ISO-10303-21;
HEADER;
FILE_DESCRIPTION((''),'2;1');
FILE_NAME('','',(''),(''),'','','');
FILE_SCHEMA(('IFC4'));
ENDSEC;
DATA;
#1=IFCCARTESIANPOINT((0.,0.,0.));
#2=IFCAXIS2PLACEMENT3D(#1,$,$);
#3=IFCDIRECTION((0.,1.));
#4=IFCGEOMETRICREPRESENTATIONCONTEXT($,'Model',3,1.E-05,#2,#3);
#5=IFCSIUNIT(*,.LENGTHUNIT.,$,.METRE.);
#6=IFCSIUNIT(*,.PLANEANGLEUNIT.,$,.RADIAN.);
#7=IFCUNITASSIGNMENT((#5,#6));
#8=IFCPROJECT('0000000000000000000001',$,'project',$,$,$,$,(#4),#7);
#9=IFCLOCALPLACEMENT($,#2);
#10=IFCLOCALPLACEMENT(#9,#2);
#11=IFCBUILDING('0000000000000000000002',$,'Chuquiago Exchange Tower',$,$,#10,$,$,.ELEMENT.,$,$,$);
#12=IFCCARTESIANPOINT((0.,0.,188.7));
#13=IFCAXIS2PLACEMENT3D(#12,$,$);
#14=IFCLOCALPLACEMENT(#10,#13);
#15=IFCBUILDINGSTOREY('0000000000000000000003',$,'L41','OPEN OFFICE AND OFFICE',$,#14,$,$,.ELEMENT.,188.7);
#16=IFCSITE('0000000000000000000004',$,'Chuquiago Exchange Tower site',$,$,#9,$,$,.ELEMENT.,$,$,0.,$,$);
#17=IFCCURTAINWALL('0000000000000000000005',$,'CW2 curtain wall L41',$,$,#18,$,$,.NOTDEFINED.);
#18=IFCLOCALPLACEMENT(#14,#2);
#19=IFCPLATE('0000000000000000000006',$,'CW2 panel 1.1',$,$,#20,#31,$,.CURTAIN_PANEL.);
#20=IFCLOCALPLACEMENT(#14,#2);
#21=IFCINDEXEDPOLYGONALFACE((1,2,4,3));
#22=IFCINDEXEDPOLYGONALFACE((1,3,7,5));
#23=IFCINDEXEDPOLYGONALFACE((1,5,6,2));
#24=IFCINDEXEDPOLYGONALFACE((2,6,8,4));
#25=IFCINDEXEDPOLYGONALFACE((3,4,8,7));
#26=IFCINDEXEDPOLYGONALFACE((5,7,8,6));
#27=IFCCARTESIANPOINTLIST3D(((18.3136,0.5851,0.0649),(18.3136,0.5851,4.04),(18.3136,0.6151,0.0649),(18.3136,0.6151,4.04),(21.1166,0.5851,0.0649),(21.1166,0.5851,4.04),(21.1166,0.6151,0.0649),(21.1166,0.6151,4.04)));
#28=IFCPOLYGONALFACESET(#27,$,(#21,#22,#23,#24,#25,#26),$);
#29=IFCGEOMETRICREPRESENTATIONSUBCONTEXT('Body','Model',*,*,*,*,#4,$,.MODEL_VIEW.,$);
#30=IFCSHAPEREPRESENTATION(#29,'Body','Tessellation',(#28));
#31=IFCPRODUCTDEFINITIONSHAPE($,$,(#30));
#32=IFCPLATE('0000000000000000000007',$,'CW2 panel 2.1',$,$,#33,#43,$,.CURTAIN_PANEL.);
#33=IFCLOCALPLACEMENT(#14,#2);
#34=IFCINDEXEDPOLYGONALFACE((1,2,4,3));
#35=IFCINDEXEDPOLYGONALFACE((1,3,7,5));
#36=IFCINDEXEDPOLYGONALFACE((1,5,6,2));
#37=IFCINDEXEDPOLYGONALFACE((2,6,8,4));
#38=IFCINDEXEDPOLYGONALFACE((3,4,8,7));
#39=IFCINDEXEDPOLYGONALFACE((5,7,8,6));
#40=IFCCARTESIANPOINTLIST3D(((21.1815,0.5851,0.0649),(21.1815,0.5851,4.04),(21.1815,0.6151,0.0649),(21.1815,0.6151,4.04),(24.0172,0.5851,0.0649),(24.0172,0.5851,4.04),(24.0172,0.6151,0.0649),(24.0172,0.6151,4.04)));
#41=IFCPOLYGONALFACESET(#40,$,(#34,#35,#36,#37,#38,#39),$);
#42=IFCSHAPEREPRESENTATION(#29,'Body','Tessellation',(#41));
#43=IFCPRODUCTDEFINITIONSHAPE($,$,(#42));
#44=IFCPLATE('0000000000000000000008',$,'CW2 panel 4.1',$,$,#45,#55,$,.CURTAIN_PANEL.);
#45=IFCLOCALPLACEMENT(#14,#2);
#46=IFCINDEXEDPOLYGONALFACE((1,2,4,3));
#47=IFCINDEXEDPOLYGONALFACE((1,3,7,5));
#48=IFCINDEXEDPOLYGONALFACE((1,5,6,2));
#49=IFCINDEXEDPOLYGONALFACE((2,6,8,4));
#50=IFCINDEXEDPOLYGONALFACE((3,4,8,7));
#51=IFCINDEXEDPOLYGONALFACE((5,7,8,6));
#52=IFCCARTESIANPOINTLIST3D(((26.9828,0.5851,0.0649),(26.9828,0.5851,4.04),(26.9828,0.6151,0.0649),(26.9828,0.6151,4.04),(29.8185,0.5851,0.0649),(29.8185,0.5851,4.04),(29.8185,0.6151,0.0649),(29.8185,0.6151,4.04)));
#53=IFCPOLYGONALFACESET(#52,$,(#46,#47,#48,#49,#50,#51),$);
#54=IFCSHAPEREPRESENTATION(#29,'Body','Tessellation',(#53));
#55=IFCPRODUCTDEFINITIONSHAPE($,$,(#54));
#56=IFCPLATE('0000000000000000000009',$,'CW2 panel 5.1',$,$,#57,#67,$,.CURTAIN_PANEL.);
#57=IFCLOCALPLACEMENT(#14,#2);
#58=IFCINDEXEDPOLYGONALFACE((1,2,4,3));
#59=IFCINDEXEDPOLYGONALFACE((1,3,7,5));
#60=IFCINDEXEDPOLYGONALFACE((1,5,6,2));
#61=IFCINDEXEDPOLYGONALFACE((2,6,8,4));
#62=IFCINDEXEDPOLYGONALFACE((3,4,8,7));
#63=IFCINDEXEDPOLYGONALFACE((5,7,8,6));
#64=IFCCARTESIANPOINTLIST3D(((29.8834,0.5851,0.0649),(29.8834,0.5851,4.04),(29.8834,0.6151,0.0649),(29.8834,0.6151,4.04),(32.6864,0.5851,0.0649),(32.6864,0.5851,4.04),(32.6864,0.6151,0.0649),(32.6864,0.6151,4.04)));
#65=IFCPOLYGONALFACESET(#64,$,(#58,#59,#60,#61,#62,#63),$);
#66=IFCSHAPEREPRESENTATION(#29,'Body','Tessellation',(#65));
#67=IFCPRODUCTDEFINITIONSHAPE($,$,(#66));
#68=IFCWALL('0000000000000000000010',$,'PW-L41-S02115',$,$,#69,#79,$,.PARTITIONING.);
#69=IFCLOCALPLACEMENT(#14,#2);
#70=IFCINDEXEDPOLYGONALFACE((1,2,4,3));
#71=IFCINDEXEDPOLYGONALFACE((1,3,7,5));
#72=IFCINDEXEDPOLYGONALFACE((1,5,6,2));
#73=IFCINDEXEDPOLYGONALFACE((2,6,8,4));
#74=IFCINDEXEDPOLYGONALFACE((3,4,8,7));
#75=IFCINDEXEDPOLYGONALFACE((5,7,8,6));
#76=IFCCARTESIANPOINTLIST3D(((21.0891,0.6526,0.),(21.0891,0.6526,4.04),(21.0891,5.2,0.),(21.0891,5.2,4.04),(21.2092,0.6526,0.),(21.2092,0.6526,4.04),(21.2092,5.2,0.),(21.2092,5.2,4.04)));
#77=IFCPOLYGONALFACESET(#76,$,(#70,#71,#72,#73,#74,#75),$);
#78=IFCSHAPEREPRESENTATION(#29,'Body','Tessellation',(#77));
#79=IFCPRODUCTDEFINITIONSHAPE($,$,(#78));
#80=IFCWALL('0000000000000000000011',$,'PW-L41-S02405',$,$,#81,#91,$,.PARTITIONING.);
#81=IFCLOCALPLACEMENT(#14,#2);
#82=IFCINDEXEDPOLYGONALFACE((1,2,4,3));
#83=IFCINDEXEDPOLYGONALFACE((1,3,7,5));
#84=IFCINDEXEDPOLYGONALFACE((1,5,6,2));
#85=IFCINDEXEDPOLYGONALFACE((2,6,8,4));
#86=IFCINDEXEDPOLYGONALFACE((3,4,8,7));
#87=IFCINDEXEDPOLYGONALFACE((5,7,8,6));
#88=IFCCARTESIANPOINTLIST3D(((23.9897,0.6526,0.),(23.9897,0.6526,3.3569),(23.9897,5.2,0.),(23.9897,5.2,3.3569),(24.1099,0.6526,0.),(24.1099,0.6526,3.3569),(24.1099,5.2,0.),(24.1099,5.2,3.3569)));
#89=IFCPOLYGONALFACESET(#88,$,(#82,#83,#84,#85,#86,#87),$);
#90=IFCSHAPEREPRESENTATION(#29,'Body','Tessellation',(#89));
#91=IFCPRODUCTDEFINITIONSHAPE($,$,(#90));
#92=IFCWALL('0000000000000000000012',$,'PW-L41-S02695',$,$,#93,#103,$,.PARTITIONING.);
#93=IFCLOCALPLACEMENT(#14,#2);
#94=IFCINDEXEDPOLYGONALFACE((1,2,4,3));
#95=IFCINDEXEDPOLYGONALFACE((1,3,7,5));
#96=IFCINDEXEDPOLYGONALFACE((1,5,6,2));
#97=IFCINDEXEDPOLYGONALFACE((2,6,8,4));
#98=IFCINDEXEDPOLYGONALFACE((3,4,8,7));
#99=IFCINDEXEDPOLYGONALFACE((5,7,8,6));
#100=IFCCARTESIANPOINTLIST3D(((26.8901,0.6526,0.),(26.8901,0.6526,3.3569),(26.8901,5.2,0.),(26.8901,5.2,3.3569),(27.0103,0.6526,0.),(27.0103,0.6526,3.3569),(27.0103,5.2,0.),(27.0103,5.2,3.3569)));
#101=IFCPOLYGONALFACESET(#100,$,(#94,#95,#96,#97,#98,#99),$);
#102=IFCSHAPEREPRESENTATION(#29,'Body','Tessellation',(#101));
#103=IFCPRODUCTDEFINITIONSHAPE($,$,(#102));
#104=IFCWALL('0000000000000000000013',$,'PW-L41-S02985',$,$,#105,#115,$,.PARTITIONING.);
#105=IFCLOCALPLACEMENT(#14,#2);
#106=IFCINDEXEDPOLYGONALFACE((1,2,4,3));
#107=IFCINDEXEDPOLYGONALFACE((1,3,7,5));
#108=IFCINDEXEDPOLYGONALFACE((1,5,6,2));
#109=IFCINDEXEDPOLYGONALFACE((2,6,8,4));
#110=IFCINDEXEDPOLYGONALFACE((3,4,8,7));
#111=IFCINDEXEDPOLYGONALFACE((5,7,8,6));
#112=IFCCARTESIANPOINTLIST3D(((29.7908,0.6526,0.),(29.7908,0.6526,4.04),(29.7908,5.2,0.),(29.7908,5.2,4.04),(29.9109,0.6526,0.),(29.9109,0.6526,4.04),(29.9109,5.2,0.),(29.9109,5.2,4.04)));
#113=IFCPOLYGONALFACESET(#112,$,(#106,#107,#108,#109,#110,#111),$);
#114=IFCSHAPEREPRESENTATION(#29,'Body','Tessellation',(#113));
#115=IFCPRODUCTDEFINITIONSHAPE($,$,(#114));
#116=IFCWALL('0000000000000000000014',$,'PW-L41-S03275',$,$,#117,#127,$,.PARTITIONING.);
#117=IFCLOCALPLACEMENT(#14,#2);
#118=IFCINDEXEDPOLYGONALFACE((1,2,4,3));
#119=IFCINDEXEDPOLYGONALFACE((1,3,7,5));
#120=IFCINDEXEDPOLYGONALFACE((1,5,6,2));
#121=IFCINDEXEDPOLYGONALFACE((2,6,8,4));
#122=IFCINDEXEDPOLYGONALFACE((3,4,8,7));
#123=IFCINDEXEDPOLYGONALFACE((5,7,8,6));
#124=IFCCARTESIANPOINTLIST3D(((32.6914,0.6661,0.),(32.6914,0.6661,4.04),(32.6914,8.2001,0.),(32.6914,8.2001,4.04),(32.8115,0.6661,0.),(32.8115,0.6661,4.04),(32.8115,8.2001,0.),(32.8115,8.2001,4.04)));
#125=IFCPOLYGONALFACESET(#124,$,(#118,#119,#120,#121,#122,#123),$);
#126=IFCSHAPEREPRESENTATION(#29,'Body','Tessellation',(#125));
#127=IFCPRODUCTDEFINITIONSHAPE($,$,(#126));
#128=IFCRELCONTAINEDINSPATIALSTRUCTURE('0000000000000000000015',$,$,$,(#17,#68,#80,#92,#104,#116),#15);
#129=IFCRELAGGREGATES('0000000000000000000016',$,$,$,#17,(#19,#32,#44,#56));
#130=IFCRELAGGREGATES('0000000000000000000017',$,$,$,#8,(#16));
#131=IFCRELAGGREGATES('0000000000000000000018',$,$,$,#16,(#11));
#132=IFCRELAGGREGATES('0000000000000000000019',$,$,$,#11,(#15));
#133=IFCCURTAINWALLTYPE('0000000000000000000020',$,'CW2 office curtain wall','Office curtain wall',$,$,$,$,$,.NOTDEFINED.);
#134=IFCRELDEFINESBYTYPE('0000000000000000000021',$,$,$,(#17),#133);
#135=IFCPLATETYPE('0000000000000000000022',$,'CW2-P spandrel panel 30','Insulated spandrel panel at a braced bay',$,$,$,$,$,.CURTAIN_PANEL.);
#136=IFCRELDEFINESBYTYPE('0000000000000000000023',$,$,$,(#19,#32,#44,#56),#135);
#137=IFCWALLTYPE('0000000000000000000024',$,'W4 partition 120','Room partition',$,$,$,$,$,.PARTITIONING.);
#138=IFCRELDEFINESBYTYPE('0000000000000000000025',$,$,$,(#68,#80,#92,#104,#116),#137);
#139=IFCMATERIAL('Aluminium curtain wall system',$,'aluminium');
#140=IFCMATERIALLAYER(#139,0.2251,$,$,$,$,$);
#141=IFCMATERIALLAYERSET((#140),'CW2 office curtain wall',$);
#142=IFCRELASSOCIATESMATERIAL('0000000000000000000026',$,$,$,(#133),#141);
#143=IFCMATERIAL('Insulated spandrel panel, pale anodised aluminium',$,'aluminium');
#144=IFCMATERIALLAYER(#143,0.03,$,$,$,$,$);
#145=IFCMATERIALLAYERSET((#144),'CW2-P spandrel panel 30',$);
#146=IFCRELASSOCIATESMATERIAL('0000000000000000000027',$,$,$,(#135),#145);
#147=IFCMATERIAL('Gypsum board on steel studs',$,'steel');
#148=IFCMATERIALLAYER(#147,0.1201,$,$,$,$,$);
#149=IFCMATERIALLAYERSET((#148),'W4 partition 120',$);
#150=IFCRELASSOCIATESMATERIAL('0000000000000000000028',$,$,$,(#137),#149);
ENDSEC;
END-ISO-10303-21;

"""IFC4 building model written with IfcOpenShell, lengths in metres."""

from ifc_helpers import new_model, si_unit, direction, frame, frame_2d, origin, origin_2d, place, context, subcontext, project, spatial, rectangle, extrude, material, layer, layer_set, type_object, element, aggregate, save


model = new_model("IFC4")

# Units and contexts
model_context = context("Model", 3, precision=1e-05, world=origin(), true_north=direction((0.0, 1.0)))
body_context = subcontext(model_context, "Body", "Model", "MODEL_VIEW")
ifc_project = project(units=[si_unit("LENGTHUNIT", "METRE"), si_unit("PLANEANGLEUNIT", "RADIAN")], contexts=[model_context])

# Site, building, storey
site_placement = place(None, origin())
site = spatial("IfcSite", under=ifc_project, at=site_placement, Name="Chuquiago Exchange Tower site", CompositionType="ELEMENT", RefElevation=0.0)
building_placement = place(site_placement, origin())
building = spatial("IfcBuilding", under=site, at=building_placement, Name="Chuquiago Exchange Tower", CompositionType="ELEMENT")
storey_placement = place(building_placement, frame((0.0, 0.0, 188.7)))
storey = spatial("IfcBuildingStorey", under=building, at=storey_placement, Name="L41", Description="OPEN OFFICE AND OFFICE", CompositionType="ELEMENT", Elevation=188.7)

# Curtain wall
ifc_material_1 = material(Name="Aluminium curtain wall system", Category="aluminium")
ifc_layer_1 = layer(ifc_material_1, 0.2251)
ifc_layer_set_1 = layer_set([ifc_layer_1], Name="CW2 office curtain wall")
curtain_wall_type = type_object("IfcCurtainWallType", Name="CW2 office curtain wall", Description="Office curtain wall", PredefinedType="NOTDEFINED", material=ifc_layer_set_1)
curtain_wall_placement = place(storey_placement, origin())
curtain_wall = element("IfcCurtainWall", 1, at=curtain_wall_placement, inside=storey, type_object=curtain_wall_type, Name="CW2 curtain wall L41", PredefinedType="NOTDEFINED")

# Plates
ifc_material_2 = material(Name="Insulated spandrel panel, pale anodised aluminium", Category="aluminium")
ifc_layer_2 = layer(ifc_material_2, 0.03)
ifc_layer_set_2 = layer_set([ifc_layer_2], Name="CW2-P spandrel panel 30")
plate_type_1 = type_object("IfcPlateType", Name="CW2-P spandrel panel 30", Description="Insulated spandrel panel at a braced bay", PredefinedType="CURTAIN_PANEL", material=ifc_layer_set_2)
plate_1_placement = place(storey_placement, frame((19.7151, 0.6001, 0.0649), z_axis=(0.0, 0.0, 1.0), x_axis=(1.0, 0.0, 0.0)))
plate_1 = element("IfcPlate", 2, at=plate_1_placement, type_object=plate_type_1, Name="CW2 panel 1.1", PredefinedType="CURTAIN_PANEL", context=body_context, shape_type="SweptSolid", body=[
    extrude(rectangle(XDim=2.803, YDim=0.03, at=origin_2d()), origin(), (0.0, 0.0, 1.0), 3.9751),
])
plate_2_placement = place(storey_placement, frame((22.5994, 0.6001, 0.0649), z_axis=(0.0, 0.0, 1.0), x_axis=(1.0, 0.0, 0.0)))
plate_2 = element("IfcPlate", 3, at=plate_2_placement, type_object=plate_type_1, Name="CW2 panel 2.1", PredefinedType="CURTAIN_PANEL", context=body_context, shape_type="SweptSolid", body=[
    extrude(rectangle(XDim=2.8357, YDim=0.03, at=origin_2d()), origin(), (0.0, 0.0, 1.0), 3.9751),
])
plate_3_placement = place(storey_placement, frame((28.4006, 0.6001, 0.0649), z_axis=(0.0, 0.0, 1.0), x_axis=(1.0, 0.0, 0.0)))
plate_3 = element("IfcPlate", 4, at=plate_3_placement, type_object=plate_type_1, Name="CW2 panel 4.1", PredefinedType="CURTAIN_PANEL", context=body_context, shape_type="SweptSolid", body=[
    extrude(rectangle(XDim=2.8357, YDim=0.03, at=origin_2d()), origin(), (0.0, 0.0, 1.0), 3.9751),
])
plate_4_placement = place(storey_placement, frame((31.2849, 0.6001, 0.0649), z_axis=(0.0, 0.0, 1.0), x_axis=(1.0, 0.0, 0.0)))
plate_4 = element("IfcPlate", 5, at=plate_4_placement, type_object=plate_type_1, Name="CW2 panel 5.1", PredefinedType="CURTAIN_PANEL", context=body_context, shape_type="SweptSolid", body=[
    extrude(rectangle(XDim=2.803, YDim=0.03, at=origin_2d()), origin(), (0.0, 0.0, 1.0), 3.9751),
])
aggregate(curtain_wall, [plate_1, plate_2, plate_3, plate_4])

# Walls
ifc_material_3 = material(Name="Gypsum board on steel studs", Category="steel")
ifc_layer_3 = layer(ifc_material_3, 0.1201)
ifc_layer_set_3 = layer_set([ifc_layer_3], Name="W4 partition 120")
wall_type = type_object("IfcWallType", Name="W4 partition 120", Description="Room partition", PredefinedType="PARTITIONING", material=ifc_layer_set_3)
wall_1_placement = place(storey_placement, frame((21.1492, 0.6526, 0.0), z_axis=(0.0, 0.0, 1.0), x_axis=(0.0, 1.0, 0.0)))
element("IfcWall", 6, at=wall_1_placement, inside=storey, type_object=wall_type, Name="PW-L41-S02115", PredefinedType="PARTITIONING", context=body_context, shape_type="SweptSolid", body=[
    extrude(rectangle(XDim=4.5474, YDim=0.1201, at=frame_2d((2.2737, 0.0))), origin(), (0.0, 0.0, 1.0), 4.04),
])
for number, where, z_axis, x_axis, name in (
    (7, (24.0498, 0.6526, 0.0), (0.0, 0.0, 1.0), (0.0, 1.0, 0.0), "PW-L41-S02405"),
    (8, (26.9502, 0.6526, 0.0), (0.0, 0.0, 1.0), (0.0, 1.0, 0.0), "PW-L41-S02695"),
):
    element("IfcWall", number, at=place(storey_placement, frame(where, z_axis=z_axis, x_axis=x_axis)), inside=storey, type_object=wall_type, Name=name, PredefinedType="PARTITIONING", context=body_context, shape_type="SweptSolid", body=[
        extrude(rectangle(XDim=4.5474, YDim=0.1201, at=frame_2d((2.2737, 0.0))), origin(), (0.0, 0.0, 1.0), 3.3569),
    ])
wall_2_placement = place(storey_placement, frame((29.8508, 0.6526, 0.0), z_axis=(0.0, 0.0, 1.0), x_axis=(0.0, 1.0, 0.0)))
element("IfcWall", 9, at=wall_2_placement, inside=storey, type_object=wall_type, Name="PW-L41-S02985", PredefinedType="PARTITIONING", context=body_context, shape_type="SweptSolid", body=[
    extrude(rectangle(XDim=4.5474, YDim=0.1201, at=frame_2d((2.2737, 0.0))), origin(), (0.0, 0.0, 1.0), 4.04),
])
wall_3_placement = place(storey_placement, frame((32.7515, 0.666, 0.0), z_axis=(0.0, 0.0, 1.0), x_axis=(0.0, 1.0, 0.0)))
element("IfcWall", 10, at=wall_3_placement, inside=storey, type_object=wall_type, Name="PW-L41-S03275", PredefinedType="PARTITIONING", context=body_context, shape_type="SweptSolid", body=[
    extrude(rectangle(XDim=7.5339, YDim=0.1201, at=frame_2d((3.7671, 0.0))), origin(), (0.0, 0.0, 1.0), 4.04),
])

save(model, "model.ifc")
